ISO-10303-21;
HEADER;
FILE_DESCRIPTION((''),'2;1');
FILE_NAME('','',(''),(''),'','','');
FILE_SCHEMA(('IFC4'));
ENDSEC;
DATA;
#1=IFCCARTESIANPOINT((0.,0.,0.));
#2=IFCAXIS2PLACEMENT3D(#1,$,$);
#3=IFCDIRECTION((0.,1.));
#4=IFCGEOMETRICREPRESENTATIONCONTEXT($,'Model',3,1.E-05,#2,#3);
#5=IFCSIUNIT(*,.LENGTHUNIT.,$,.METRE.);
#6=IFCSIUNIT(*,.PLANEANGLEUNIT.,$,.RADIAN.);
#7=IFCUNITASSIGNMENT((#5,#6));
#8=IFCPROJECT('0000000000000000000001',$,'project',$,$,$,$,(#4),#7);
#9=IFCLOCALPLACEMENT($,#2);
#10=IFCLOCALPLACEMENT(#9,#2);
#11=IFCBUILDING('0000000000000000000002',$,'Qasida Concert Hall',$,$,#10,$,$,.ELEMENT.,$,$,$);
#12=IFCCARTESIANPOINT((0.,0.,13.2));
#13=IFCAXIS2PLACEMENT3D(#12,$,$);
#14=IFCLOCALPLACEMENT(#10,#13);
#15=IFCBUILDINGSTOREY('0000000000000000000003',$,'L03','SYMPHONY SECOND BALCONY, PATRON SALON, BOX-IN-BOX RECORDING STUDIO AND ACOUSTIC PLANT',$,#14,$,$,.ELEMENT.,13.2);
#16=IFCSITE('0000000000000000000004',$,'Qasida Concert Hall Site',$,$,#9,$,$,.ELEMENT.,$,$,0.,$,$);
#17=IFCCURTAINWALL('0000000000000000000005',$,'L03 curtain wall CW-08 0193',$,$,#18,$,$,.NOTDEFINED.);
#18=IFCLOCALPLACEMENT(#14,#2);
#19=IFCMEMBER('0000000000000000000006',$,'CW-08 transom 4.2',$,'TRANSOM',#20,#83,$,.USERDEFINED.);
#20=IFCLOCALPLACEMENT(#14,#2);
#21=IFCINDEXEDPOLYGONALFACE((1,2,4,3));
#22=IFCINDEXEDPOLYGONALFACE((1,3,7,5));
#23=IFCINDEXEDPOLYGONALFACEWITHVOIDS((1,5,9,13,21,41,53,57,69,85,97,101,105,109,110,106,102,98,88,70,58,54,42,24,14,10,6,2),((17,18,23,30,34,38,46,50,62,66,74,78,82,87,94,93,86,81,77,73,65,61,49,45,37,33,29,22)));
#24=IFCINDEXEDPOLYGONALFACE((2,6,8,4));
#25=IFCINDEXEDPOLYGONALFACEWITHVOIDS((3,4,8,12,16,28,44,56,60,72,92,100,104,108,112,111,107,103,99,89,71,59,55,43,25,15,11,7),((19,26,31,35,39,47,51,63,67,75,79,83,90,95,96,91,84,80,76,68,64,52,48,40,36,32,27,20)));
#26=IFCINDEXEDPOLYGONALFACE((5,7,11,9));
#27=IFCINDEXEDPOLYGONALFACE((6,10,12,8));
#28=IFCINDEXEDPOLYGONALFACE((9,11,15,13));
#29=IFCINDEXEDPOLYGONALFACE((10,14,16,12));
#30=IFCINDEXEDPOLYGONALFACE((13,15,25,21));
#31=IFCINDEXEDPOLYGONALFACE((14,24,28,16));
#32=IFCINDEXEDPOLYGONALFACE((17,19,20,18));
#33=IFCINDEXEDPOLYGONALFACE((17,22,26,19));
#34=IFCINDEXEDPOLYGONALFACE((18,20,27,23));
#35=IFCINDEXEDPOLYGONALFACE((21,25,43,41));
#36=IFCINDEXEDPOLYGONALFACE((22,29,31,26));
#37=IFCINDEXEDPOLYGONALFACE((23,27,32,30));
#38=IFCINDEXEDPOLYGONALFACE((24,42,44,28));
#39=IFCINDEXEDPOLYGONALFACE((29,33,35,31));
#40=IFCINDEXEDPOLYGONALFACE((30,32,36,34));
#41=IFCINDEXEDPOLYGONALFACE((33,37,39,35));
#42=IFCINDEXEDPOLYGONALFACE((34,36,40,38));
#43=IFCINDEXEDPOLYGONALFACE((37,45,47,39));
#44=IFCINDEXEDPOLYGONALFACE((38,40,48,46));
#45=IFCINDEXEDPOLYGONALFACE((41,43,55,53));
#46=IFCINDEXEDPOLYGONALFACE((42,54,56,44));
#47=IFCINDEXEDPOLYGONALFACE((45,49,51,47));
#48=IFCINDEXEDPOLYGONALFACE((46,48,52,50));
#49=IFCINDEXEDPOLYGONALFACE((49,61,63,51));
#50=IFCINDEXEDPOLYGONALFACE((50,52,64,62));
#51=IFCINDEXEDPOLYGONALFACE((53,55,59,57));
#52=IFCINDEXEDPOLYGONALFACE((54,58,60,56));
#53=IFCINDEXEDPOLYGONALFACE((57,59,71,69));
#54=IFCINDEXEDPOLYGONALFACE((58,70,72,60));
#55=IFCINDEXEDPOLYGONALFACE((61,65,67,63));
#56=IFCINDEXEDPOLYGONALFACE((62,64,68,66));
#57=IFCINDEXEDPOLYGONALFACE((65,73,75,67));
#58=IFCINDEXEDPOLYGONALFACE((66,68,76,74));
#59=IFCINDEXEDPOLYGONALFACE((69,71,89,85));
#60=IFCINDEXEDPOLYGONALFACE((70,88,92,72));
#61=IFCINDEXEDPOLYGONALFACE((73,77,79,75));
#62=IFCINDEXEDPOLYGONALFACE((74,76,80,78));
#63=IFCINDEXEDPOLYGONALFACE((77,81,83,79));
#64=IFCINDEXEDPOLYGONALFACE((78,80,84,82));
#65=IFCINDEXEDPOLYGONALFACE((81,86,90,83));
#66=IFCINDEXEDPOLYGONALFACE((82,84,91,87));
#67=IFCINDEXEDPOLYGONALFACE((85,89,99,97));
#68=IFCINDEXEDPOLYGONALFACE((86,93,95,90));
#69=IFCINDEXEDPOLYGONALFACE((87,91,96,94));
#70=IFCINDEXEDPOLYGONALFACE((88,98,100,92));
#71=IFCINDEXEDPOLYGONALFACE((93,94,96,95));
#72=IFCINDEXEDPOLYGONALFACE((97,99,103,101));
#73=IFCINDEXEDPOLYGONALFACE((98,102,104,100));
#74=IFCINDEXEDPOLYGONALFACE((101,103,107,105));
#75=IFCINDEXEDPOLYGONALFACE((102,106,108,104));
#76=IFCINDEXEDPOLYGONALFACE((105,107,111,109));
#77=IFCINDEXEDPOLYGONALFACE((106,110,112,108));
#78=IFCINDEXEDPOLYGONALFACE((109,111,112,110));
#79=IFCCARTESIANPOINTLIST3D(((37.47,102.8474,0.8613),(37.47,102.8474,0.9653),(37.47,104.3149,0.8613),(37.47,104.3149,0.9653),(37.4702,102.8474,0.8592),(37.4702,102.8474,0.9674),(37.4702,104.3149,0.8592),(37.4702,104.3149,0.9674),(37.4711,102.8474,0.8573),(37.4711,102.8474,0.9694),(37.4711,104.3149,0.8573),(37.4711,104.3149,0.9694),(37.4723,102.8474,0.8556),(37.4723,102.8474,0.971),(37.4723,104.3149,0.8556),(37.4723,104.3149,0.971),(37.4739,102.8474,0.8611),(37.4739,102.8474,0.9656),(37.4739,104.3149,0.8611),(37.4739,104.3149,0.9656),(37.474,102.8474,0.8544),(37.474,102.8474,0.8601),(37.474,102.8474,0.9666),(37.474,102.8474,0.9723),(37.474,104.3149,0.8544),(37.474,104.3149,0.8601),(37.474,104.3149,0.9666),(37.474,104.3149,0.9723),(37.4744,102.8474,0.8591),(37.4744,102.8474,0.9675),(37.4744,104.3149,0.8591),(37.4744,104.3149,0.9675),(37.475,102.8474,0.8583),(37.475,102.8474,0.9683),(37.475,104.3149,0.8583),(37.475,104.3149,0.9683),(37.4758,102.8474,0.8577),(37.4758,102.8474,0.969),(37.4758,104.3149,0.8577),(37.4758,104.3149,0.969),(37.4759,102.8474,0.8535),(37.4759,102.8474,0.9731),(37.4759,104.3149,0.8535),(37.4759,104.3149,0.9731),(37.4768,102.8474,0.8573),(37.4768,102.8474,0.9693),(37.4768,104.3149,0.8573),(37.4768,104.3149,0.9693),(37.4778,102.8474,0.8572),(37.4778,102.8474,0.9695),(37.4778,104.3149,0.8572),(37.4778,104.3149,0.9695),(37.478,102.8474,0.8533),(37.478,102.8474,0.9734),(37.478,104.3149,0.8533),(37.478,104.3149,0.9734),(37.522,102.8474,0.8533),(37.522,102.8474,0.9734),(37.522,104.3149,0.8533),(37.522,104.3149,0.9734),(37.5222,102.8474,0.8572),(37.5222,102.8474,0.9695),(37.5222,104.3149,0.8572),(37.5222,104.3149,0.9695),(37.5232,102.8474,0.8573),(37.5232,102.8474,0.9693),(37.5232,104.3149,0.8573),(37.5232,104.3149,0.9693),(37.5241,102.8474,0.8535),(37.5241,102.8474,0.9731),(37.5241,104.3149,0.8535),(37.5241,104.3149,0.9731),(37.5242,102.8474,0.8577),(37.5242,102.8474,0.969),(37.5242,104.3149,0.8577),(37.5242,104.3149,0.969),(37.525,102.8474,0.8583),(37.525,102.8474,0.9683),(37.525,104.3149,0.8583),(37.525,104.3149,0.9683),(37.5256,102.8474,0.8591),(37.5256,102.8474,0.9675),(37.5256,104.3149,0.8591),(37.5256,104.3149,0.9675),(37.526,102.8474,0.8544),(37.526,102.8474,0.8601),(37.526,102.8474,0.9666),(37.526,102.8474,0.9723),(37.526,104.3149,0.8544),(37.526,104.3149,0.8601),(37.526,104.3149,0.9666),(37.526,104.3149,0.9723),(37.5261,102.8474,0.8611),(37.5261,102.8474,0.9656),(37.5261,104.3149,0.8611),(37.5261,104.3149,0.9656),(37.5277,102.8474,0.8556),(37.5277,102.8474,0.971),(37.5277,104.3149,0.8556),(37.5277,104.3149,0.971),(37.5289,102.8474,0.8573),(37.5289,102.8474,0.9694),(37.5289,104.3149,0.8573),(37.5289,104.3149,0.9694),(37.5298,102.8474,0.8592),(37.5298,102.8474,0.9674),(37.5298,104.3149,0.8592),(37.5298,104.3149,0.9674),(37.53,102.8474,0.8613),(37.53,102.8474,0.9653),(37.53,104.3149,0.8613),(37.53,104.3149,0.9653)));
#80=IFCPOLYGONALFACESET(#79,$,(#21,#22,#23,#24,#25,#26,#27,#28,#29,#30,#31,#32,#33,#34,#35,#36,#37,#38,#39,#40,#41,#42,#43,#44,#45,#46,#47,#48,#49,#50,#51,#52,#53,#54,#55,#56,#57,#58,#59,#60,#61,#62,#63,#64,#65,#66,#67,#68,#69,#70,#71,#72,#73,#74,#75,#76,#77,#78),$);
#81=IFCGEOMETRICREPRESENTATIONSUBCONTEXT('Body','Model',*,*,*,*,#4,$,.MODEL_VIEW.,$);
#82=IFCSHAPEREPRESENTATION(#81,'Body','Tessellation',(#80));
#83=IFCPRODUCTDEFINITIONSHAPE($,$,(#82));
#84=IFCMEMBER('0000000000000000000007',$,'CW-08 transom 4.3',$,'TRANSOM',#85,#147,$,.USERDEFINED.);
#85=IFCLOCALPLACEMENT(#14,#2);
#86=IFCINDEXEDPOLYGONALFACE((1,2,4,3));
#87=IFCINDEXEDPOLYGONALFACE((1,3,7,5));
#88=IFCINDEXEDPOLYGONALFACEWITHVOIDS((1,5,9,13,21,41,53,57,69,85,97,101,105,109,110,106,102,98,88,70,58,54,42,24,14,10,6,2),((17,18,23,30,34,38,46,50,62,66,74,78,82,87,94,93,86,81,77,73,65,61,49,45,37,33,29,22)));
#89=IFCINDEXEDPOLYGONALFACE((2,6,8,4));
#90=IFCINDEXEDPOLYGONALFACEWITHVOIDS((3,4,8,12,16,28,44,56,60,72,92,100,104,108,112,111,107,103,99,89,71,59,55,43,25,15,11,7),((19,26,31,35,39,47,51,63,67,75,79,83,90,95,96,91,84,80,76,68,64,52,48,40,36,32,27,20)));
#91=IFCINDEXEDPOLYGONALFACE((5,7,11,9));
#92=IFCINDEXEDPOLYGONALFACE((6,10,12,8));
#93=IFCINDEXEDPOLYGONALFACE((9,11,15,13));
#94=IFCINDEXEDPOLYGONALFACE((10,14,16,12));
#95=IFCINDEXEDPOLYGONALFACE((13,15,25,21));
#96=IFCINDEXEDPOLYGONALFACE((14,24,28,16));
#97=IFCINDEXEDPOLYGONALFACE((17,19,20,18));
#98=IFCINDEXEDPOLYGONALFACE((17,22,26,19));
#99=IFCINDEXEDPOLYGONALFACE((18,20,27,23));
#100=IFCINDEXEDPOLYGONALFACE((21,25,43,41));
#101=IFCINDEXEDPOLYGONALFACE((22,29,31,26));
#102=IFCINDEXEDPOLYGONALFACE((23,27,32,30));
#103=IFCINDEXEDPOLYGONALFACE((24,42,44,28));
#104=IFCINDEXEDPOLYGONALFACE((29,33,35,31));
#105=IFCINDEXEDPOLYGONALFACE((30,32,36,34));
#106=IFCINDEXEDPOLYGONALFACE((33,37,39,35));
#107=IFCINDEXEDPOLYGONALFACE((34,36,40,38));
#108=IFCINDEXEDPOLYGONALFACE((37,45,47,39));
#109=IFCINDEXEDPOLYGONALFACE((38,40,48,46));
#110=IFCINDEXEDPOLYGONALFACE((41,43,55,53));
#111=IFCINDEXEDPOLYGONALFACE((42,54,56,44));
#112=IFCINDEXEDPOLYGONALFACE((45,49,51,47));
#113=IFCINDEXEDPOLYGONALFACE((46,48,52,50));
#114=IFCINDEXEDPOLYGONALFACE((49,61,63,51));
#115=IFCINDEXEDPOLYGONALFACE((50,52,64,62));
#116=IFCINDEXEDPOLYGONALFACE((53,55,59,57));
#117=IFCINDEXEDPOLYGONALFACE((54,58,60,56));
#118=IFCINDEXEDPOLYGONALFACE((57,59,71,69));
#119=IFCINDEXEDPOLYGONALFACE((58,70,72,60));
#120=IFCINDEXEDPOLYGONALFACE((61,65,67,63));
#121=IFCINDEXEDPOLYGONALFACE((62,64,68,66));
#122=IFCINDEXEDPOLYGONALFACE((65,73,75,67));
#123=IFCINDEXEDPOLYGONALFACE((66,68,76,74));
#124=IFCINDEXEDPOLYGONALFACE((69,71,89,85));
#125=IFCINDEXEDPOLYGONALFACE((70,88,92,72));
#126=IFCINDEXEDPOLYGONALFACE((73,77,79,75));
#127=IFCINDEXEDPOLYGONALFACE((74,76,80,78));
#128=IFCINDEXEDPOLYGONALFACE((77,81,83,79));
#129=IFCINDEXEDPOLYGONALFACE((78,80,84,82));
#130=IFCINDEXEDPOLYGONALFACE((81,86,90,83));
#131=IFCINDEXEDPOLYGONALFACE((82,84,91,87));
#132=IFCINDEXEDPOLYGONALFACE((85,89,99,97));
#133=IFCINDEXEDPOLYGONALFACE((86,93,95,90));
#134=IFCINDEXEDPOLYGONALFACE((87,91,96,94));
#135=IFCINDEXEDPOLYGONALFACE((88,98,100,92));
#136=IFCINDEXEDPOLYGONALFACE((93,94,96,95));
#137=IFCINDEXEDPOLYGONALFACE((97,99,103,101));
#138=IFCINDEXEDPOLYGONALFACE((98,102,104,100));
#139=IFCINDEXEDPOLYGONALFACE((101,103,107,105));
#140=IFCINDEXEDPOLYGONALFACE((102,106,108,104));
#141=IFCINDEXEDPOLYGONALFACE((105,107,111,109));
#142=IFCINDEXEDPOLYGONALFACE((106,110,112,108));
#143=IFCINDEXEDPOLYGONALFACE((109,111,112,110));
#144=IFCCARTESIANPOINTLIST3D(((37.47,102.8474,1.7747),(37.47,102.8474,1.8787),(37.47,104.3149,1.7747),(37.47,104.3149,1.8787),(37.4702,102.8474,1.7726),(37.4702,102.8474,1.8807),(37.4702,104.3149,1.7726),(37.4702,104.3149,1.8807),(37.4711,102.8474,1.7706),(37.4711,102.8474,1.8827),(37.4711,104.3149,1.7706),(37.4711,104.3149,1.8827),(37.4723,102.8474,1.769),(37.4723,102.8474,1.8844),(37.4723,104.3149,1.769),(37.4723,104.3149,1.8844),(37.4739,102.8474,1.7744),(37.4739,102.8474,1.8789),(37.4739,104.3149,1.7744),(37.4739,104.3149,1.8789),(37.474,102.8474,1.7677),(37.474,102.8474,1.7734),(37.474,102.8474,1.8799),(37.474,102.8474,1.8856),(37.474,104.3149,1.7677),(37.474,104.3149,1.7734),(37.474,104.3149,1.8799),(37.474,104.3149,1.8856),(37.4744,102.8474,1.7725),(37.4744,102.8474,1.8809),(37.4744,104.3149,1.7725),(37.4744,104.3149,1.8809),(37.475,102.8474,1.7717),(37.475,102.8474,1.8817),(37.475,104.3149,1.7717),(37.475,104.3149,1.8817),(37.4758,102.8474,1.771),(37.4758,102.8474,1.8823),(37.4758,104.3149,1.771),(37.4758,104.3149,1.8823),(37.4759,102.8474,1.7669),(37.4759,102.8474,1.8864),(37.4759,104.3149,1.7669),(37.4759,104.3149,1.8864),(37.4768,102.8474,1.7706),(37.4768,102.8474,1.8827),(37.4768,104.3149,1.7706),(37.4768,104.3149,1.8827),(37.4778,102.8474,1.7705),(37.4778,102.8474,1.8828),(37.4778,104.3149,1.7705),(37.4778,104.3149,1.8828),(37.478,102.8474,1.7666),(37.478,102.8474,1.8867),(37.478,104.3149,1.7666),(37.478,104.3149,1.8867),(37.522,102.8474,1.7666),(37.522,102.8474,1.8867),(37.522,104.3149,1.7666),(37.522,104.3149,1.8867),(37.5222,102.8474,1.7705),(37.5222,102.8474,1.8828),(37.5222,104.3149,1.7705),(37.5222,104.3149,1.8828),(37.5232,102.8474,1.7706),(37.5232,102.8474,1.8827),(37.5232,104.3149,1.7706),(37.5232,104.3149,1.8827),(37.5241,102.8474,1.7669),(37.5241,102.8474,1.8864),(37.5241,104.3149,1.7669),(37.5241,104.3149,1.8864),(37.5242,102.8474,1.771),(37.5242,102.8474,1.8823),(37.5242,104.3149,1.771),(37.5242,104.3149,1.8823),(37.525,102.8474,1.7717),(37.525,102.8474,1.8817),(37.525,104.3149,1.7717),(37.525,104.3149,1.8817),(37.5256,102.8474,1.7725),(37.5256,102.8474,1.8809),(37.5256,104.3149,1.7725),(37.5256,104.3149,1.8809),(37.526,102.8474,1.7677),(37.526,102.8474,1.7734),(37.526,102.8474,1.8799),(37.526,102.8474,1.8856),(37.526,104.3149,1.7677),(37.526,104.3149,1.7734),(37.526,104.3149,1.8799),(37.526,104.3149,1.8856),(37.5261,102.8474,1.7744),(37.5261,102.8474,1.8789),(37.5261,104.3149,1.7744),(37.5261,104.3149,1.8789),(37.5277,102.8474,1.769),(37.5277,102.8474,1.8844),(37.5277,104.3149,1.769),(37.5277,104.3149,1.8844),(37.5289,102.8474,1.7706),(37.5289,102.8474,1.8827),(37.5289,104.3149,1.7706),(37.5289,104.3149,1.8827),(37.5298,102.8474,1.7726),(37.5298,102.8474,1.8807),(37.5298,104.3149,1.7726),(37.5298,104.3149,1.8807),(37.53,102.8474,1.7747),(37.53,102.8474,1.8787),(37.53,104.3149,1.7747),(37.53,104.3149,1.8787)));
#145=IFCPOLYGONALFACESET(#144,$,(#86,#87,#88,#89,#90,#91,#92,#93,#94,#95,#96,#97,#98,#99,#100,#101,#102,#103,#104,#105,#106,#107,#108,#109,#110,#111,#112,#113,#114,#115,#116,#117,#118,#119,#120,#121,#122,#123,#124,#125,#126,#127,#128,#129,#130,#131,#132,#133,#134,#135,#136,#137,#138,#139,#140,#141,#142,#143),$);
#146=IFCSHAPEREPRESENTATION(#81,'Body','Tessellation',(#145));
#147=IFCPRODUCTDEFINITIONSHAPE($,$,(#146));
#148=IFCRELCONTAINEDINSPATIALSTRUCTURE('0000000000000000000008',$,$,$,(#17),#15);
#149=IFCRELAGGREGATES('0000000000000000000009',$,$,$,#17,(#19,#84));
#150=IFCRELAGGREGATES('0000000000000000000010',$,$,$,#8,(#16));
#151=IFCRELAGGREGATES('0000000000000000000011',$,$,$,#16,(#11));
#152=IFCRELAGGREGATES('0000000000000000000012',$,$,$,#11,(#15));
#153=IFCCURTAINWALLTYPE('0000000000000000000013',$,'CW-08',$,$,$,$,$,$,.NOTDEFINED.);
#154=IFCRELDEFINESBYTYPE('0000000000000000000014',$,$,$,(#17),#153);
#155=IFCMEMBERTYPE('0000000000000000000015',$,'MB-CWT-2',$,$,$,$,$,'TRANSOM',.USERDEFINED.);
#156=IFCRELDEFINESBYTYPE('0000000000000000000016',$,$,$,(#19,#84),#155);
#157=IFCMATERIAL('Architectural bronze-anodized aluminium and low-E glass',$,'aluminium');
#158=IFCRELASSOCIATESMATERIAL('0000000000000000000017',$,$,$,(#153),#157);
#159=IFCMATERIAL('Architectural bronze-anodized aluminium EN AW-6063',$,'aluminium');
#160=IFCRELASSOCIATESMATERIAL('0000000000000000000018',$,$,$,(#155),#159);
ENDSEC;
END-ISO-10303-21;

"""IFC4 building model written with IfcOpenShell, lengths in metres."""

from ifc_helpers import new_model, si_unit, direction, frame, origin, origin_2d, place, context, subcontext, project, spatial, hollow_rectangle, extrude, material, material_profile, profile_set, type_object, element, aggregate, save


model = new_model("IFC4")

# Units and contexts
model_context = context("Model", 3, precision=1e-05, world=origin(), true_north=direction((0.0, 1.0)))
body_context = subcontext(model_context, "Body", "Model", "MODEL_VIEW")
ifc_project = project(units=[si_unit("LENGTHUNIT", "METRE"), si_unit("PLANEANGLEUNIT", "RADIAN")], contexts=[model_context])

# Site, building, storey
site_placement = place(None, origin())
site = spatial("IfcSite", under=ifc_project, at=site_placement, Name="Qasida Concert Hall Site", CompositionType="ELEMENT", RefElevation=0.0)
building_placement = place(site_placement, origin())
building = spatial("IfcBuilding", under=site, at=building_placement, Name="Qasida Concert Hall", CompositionType="ELEMENT")
storey_placement = place(building_placement, frame((0.0, 0.0, 13.2)))
storey = spatial("IfcBuildingStorey", under=building, at=storey_placement, Name="L03", Description="SYMPHONY SECOND BALCONY, PATRON SALON, BOX-IN-BOX RECORDING STUDIO AND ACOUSTIC PLANT", CompositionType="ELEMENT", Elevation=13.2)

# Curtain wall, members
ifc_material_1 = material(Name="Architectural bronze-anodized aluminium and low-E glass", Category="aluminium")
curtain_wall_type = type_object("IfcCurtainWallType", Name="CW-08", PredefinedType="NOTDEFINED", material=ifc_material_1)
curtain_wall_placement = place(storey_placement, origin())
curtain_wall = element("IfcCurtainWall", 1, at=curtain_wall_placement, inside=storey, type_object=curtain_wall_type, Name="L03 curtain wall CW-08 0193", PredefinedType="NOTDEFINED")
ifc_material_2 = material(Name="Architectural bronze-anodized aluminium EN AW-6063", Category="aluminium")
ifc_material_profile_1 = material_profile(ifc_material_2, hollow_rectangle(XDim=0.0601, YDim=0.1201, WallThickness=0.0039, InnerFilletRadius=0.0039, OuterFilletRadius=0.0081, at=origin_2d()), Name="CWT 120x60x4")
ifc_profile_set_1 = profile_set([ifc_material_profile_1], Name="Architectural bronze-anodized aluminium EN AW-6063")
member_type_1 = type_object("IfcMemberType", Name="MB-CWT-2", ElementType="TRANSOM", PredefinedType="USERDEFINED", material=ifc_profile_set_1)
member_1_placement = place(storey_placement, frame((37.5, 102.8474, 0.9133), z_axis=(0.0, 1.0, 0.0), x_axis=(-1.0, 0.0, 0.0)))
member_1 = element("IfcMember", 2, at=member_1_placement, type_object=member_type_1, Name="CW-08 transom 4.2", ObjectType="TRANSOM", PredefinedType="USERDEFINED", context=body_context, shape_type="SweptSolid", body=[
    extrude(hollow_rectangle(XDim=0.0601, YDim=0.1201, WallThickness=0.0039, InnerFilletRadius=0.0039, OuterFilletRadius=0.0081, at=origin_2d()), origin(), (0.0, 0.0, 1.0), 1.4675),
])
member_2_placement = place(storey_placement, frame((37.5, 102.8474, 1.8267), z_axis=(0.0, 1.0, 0.0), x_axis=(-1.0, 0.0, 0.0)))
member_2 = element("IfcMember", 3, at=member_2_placement, type_object=member_type_1, Name="CW-08 transom 4.3", ObjectType="TRANSOM", PredefinedType="USERDEFINED", context=body_context, shape_type="SweptSolid", body=[
    extrude(hollow_rectangle(XDim=0.0601, YDim=0.1201, WallThickness=0.0039, InnerFilletRadius=0.0039, OuterFilletRadius=0.0081, at=origin_2d()), origin(), (0.0, 0.0, 1.0), 1.4675),
])
aggregate(curtain_wall, [member_1, member_2])

save(model, "model.ifc")
